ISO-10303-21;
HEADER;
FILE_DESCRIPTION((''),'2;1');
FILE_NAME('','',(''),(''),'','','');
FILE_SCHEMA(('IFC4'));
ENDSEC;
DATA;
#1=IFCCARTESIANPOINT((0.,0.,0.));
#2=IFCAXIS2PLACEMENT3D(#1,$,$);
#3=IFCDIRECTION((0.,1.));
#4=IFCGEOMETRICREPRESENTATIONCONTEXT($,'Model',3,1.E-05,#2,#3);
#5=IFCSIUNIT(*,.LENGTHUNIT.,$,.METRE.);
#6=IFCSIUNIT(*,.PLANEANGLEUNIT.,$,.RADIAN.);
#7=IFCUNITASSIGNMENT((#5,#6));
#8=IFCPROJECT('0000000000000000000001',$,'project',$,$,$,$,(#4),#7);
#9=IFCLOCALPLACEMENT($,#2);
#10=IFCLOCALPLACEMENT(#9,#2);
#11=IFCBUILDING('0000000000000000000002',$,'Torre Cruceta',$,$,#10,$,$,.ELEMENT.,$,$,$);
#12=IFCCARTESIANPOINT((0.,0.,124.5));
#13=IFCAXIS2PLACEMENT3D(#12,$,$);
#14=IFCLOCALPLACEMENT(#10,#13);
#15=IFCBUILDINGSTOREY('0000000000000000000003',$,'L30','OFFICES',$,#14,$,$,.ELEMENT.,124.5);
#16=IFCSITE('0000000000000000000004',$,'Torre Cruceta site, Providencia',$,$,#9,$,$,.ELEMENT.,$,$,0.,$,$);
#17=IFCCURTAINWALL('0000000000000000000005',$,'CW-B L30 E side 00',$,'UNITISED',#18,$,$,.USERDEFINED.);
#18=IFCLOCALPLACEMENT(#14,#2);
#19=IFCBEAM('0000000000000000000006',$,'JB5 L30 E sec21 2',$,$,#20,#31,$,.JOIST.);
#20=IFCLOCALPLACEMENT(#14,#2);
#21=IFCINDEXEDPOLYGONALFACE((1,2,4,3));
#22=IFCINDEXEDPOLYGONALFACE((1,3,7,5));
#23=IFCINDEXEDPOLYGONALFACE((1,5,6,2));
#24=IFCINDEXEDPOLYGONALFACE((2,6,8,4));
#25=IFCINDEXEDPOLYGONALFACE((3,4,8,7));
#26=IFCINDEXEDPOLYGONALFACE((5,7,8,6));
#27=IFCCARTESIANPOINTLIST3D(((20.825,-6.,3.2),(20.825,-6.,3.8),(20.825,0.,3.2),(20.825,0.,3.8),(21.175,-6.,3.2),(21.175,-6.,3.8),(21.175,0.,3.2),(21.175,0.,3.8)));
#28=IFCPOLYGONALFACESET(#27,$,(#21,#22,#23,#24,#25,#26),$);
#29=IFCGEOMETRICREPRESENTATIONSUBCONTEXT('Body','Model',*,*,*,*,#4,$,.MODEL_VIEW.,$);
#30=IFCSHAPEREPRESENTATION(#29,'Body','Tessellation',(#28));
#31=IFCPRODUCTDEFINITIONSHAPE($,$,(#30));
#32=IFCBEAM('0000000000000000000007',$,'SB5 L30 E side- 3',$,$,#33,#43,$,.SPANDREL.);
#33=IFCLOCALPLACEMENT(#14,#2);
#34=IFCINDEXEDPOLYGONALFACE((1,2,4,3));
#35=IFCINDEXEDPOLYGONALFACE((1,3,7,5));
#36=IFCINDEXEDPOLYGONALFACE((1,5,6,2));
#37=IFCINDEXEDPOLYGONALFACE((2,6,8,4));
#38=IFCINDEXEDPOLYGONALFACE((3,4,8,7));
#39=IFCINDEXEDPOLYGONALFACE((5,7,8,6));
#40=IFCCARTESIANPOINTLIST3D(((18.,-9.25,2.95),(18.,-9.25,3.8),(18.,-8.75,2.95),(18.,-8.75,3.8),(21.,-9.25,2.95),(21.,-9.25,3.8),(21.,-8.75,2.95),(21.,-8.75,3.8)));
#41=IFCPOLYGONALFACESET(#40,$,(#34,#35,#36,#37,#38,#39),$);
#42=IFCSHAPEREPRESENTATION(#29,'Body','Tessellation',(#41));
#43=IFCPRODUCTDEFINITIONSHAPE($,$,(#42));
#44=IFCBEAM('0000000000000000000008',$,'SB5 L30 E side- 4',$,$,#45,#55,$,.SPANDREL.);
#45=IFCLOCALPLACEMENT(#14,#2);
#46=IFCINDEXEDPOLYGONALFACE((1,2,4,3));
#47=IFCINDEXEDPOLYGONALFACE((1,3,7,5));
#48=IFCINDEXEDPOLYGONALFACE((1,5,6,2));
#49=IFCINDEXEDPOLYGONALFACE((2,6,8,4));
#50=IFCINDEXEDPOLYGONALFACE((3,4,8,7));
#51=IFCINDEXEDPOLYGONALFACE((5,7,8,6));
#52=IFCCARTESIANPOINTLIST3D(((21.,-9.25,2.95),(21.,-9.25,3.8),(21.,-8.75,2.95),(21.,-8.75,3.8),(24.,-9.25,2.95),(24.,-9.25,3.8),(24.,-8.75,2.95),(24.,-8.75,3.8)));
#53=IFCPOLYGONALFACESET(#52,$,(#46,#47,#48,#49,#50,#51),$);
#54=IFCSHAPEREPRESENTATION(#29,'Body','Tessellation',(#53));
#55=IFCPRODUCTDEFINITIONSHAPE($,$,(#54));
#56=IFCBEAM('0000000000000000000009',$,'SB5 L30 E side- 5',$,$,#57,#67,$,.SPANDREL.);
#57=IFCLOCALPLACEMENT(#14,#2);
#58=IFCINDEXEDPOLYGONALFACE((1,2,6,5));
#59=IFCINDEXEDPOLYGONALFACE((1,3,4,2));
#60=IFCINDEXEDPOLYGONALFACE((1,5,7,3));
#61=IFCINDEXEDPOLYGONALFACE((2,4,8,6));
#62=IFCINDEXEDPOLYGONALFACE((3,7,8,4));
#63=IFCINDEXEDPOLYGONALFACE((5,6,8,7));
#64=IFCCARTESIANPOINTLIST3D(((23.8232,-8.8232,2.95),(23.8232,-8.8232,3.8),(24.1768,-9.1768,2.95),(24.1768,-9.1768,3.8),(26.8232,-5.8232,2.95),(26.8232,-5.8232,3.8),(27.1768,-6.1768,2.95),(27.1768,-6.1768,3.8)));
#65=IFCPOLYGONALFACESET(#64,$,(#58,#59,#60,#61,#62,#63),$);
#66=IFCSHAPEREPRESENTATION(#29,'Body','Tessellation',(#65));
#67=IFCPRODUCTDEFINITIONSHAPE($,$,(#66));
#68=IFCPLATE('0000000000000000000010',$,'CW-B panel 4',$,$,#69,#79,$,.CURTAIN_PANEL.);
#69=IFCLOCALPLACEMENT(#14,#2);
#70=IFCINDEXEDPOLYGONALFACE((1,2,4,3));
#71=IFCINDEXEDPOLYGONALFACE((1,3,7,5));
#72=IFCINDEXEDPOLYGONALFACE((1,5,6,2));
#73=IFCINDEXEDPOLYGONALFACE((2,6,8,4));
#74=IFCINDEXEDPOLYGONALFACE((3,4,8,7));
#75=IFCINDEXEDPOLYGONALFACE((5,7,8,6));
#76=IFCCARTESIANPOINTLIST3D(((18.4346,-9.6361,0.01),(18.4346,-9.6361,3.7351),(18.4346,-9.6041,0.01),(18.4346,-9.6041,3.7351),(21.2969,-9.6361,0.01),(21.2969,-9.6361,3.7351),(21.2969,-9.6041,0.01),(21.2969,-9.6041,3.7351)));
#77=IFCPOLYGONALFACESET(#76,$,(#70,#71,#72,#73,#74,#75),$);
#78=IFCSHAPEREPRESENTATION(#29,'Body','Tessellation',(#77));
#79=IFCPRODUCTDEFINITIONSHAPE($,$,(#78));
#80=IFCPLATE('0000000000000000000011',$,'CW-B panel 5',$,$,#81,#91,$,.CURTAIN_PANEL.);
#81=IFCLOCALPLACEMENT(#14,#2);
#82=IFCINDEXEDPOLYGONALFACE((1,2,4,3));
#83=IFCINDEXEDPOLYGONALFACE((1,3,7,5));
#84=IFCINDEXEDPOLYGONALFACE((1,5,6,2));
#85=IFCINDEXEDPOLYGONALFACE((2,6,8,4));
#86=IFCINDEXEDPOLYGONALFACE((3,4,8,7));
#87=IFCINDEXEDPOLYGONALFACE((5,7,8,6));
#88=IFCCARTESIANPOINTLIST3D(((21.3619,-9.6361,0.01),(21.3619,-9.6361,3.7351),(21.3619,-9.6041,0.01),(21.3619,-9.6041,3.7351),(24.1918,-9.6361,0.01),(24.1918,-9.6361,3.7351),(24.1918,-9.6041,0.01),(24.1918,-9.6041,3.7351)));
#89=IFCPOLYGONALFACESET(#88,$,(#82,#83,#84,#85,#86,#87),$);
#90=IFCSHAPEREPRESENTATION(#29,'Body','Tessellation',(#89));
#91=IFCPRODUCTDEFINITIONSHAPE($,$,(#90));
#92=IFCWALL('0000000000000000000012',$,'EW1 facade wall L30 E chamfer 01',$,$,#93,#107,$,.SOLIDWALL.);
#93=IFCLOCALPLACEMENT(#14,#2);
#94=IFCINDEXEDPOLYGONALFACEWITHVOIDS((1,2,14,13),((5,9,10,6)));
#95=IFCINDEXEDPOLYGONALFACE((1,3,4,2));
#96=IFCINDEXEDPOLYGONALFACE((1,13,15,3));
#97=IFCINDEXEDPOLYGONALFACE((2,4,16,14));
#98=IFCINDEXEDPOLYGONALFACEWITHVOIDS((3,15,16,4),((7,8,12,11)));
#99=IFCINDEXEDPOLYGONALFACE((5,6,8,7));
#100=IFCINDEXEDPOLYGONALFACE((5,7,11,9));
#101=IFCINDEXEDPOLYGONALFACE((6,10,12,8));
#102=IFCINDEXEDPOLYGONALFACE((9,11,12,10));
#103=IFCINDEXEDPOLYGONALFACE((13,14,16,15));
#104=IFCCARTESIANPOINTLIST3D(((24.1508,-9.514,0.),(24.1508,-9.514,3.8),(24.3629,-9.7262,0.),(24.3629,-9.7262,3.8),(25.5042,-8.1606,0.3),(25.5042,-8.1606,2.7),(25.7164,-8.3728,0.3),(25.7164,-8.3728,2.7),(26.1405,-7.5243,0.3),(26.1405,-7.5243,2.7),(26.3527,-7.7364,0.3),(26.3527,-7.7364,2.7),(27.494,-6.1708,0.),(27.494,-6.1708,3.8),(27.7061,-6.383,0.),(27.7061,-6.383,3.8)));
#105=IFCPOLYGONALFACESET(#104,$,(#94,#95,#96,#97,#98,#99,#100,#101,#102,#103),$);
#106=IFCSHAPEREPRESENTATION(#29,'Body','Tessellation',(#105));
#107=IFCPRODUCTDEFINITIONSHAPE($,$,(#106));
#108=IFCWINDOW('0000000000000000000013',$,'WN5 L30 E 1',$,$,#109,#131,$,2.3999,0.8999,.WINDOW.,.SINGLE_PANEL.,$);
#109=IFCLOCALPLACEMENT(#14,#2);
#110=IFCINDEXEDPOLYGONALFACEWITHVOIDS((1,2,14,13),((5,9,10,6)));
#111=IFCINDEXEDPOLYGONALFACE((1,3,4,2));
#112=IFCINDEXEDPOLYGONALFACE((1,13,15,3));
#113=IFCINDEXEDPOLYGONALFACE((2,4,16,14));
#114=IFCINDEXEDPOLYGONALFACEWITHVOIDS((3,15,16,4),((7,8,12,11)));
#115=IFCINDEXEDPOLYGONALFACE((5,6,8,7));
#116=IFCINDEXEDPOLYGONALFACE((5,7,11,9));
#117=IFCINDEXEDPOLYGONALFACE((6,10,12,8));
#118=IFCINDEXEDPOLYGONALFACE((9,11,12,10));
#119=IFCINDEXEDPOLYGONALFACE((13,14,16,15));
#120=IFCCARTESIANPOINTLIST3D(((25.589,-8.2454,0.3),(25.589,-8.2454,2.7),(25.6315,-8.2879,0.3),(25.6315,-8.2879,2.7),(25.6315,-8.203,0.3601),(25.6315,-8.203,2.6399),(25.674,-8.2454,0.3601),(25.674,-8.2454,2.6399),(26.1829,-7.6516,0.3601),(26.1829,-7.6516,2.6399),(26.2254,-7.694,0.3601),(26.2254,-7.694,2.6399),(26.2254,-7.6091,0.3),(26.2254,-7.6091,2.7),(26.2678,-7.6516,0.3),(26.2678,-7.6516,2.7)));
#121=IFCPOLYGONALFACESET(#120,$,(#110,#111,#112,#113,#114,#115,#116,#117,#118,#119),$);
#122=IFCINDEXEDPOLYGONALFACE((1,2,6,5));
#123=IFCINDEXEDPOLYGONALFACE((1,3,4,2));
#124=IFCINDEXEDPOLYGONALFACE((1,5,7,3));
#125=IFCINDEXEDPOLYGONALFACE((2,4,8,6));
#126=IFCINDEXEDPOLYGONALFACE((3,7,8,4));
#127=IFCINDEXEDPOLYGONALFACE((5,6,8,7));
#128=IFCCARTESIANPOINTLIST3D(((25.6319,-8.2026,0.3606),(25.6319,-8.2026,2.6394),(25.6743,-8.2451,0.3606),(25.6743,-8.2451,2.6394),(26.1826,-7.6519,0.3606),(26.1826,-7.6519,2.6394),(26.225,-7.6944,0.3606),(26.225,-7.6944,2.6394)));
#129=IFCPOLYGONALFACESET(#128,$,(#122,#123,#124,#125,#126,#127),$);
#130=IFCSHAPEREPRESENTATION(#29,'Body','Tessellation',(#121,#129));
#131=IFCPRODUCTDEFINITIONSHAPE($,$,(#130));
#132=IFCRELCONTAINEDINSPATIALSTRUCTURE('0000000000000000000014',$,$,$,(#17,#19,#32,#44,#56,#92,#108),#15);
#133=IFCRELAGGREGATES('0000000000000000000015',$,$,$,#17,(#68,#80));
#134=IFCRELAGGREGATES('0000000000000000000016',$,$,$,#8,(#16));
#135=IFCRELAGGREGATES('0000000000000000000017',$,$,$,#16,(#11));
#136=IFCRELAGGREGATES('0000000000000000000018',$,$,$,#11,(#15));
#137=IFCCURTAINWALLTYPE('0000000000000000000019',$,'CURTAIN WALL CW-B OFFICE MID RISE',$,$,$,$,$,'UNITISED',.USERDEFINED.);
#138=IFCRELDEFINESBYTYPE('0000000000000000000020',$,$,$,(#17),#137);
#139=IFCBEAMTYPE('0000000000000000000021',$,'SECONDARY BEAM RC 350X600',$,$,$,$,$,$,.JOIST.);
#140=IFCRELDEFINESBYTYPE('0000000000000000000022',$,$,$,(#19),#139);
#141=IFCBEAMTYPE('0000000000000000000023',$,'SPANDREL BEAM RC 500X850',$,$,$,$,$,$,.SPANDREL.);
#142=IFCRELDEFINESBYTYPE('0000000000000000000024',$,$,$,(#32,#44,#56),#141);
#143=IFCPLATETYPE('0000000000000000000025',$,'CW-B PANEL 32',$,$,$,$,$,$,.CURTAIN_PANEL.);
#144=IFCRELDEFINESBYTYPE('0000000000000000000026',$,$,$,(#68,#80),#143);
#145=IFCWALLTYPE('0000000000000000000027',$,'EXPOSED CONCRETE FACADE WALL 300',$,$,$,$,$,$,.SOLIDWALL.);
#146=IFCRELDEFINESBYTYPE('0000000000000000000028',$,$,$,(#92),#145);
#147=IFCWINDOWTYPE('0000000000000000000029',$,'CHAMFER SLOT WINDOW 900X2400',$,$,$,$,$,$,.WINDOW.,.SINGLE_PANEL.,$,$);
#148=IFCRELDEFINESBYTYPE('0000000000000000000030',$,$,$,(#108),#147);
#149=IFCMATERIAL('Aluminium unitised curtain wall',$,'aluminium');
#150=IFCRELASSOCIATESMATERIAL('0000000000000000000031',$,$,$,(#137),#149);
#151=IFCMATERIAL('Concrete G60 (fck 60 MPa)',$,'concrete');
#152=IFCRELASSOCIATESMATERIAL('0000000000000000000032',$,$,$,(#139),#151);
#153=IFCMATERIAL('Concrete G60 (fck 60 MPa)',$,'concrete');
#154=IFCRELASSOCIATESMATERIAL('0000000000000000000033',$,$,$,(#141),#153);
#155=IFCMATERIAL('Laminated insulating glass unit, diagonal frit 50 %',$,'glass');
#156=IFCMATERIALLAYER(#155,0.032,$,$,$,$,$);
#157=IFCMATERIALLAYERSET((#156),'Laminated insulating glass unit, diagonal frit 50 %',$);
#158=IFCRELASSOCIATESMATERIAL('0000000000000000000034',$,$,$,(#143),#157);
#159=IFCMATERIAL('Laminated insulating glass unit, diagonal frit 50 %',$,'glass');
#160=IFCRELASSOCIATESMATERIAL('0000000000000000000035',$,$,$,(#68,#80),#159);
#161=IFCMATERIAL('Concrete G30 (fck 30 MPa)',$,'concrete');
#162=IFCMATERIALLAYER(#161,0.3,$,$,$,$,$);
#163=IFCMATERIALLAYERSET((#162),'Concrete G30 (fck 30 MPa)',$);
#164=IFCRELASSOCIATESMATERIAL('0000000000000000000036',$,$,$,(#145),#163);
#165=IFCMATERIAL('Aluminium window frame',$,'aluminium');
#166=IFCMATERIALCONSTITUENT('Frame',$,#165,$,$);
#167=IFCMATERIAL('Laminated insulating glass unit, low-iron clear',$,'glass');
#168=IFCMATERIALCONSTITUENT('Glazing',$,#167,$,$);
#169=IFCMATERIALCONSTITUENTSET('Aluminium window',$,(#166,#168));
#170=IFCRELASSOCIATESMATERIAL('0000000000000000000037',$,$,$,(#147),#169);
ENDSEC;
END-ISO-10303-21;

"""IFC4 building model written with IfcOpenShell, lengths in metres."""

from ifc_helpers import new_model, si_unit, direction, frame, frame_2d, origin, origin_2d, place, context, subcontext, project, spatial, rectangle, hollow_rectangle, extrude, material, layer, layer_set, constituent, constituent_set, material_profile, profile_set, type_object, element, fill, aggregate, save


model = new_model("IFC4")

# Units and contexts
model_context = context("Model", 3, precision=1e-05, world=origin(), true_north=direction((0.0, 1.0)))
body_context = subcontext(model_context, "Body", "Model", "MODEL_VIEW")
ifc_project = project(units=[si_unit("LENGTHUNIT", "METRE"), si_unit("PLANEANGLEUNIT", "RADIAN")], contexts=[model_context])

# Site, building, storey
site_placement = place(None, origin())
site = spatial("IfcSite", under=ifc_project, at=site_placement, Name="Torre Cruceta site, Providencia", CompositionType="ELEMENT", RefElevation=0.0)
building_placement = place(site_placement, origin())
building = spatial("IfcBuilding", under=site, at=building_placement, Name="Torre Cruceta", CompositionType="ELEMENT")
storey_placement = place(building_placement, frame((0.0, 0.0, 124.5)))
storey = spatial("IfcBuildingStorey", under=building, at=storey_placement, Name="L30", Description="OFFICES", CompositionType="ELEMENT", Elevation=124.5)

# Curtain wall
ifc_material_1 = material(Name="Aluminium unitised curtain wall", Category="aluminium")
curtain_wall_type = type_object("IfcCurtainWallType", Name="CURTAIN WALL CW-B OFFICE MID RISE", ElementType="UNITISED", PredefinedType="USERDEFINED", material=ifc_material_1)
curtain_wall_placement = place(storey_placement, origin())
curtain_wall = element("IfcCurtainWall", 1, at=curtain_wall_placement, inside=storey, type_object=curtain_wall_type, Name="CW-B L30 E side 00", ObjectType="UNITISED", PredefinedType="USERDEFINED")

# Beams
ifc_material_2 = material(Name="Concrete G60 (fck 60 MPa)", Category="concrete")
ifc_material_profile_1 = material_profile(ifc_material_2, rectangle(XDim=0.3501, YDim=0.6001, at=origin_2d()), Name="RC 350X600")
ifc_profile_set_1 = profile_set([ifc_material_profile_1], Name="Concrete G60 (fck 60 MPa)")
beam_type_1 = type_object("IfcBeamType", Name="SECONDARY BEAM RC 350X600", PredefinedType="JOIST", material=ifc_profile_set_1)
beam_1_placement = place(storey_placement, frame((21.0, -6.0, 3.5), z_axis=(0.0, 1.0, 0.0), x_axis=(-1.0, 0.0, 0.0)))
element("IfcBeam", 2, at=beam_1_placement, inside=storey, type_object=beam_type_1, Name="JB5 L30 E sec21 2", PredefinedType="JOIST", context=body_context, shape_type="SweptSolid", body=[
    extrude(rectangle(XDim=0.3501, YDim=0.6001, at=origin_2d()), origin(), (0.0, 0.0, 1.0), 6.0),
])
ifc_material_3 = material(Name="Concrete G60 (fck 60 MPa)", Category="concrete")
ifc_material_profile_2 = material_profile(ifc_material_3, rectangle(XDim=0.5, YDim=0.8501, at=origin_2d()), Name="RC 500X850")
ifc_profile_set_2 = profile_set([ifc_material_profile_2], Name="Concrete G60 (fck 60 MPa)")
beam_type_2 = type_object("IfcBeamType", Name="SPANDREL BEAM RC 500X850", PredefinedType="SPANDREL", material=ifc_profile_set_2)
for number, where, z_axis, x_axis, name in (
    (3, (18.0, -9.0, 3.375), (1.0, 0.0, 0.0), (0.0, 1.0, 0.0), "SB5 L30 E side- 3"),
    (4, (21.0, -9.0, 3.375), (1.0, 0.0, 0.0), (0.0, 1.0, 0.0), "SB5 L30 E side- 4"),
):
    element("IfcBeam", number, at=place(storey_placement, frame(where, z_axis=z_axis, x_axis=x_axis)), inside=storey, type_object=beam_type_2, Name=name, PredefinedType="SPANDREL", context=body_context, shape_type="SweptSolid", body=[
        extrude(rectangle(XDim=0.5, YDim=0.8501, at=origin_2d()), origin(), (0.0, 0.0, 1.0), 3.0),
    ])
beam_2_placement = place(storey_placement, frame((24.0, -9.0, 3.375), z_axis=(0.707107, 0.707107, 0.0), x_axis=(-0.707107, 0.707107, 0.0)))
element("IfcBeam", 5, at=beam_2_placement, inside=storey, type_object=beam_type_2, Name="SB5 L30 E side- 5", PredefinedType="SPANDREL", context=body_context, shape_type="SweptSolid", body=[
    extrude(rectangle(XDim=0.5, YDim=0.8501, at=origin_2d()), origin(), (0.0, 0.0, 1.0), 4.2427),
])

# Plates
ifc_material_4 = material(Name="Laminated insulating glass unit, diagonal frit 50 %", Category="glass")
ifc_material_5 = material(Name="Laminated insulating glass unit, diagonal frit 50 %", Category="glass")
ifc_layer_1 = layer(ifc_material_5, 0.032)
ifc_layer_set_1 = layer_set([ifc_layer_1], Name="Laminated insulating glass unit, diagonal frit 50 %")
plate_type = type_object("IfcPlateType", Name="CW-B PANEL 32", PredefinedType="CURTAIN_PANEL", material=ifc_layer_set_1)
plate_1_placement = place(storey_placement, frame((19.8657, -9.6201, 0.01), z_axis=(0.0, 0.0, 1.0), x_axis=(1.0, 0.0, 0.0)))
plate_1 = element("IfcPlate", 6, at=plate_1_placement, type_object=plate_type, material=ifc_material_4, Name="CW-B panel 4", PredefinedType="CURTAIN_PANEL", context=body_context, shape_type="SweptSolid", body=[
    extrude(rectangle(XDim=2.8623, YDim=0.032, at=origin_2d()), origin(), (0.0, 0.0, 1.0), 3.7251),
])
plate_2_placement = place(storey_placement, frame((22.7769, -9.6201, 0.01), z_axis=(0.0, 0.0, 1.0), x_axis=(1.0, 0.0, 0.0)))
plate_2 = element("IfcPlate", 7, at=plate_2_placement, type_object=plate_type, material=ifc_material_4, Name="CW-B panel 5", PredefinedType="CURTAIN_PANEL", context=body_context, shape_type="SweptSolid", body=[
    extrude(rectangle(XDim=2.8298, YDim=0.032, at=origin_2d()), origin(), (0.0, 0.0, 1.0), 3.7251),
])
aggregate(curtain_wall, [plate_1, plate_2])

# Wall, opening, window
ifc_material_6 = material(Name="Concrete G30 (fck 30 MPa)", Category="concrete")
ifc_layer_2 = layer(ifc_material_6, 0.3)
ifc_layer_set_2 = layer_set([ifc_layer_2], Name="Concrete G30 (fck 30 MPa)")
wall_type_1 = type_object("IfcWallType", Name="EXPOSED CONCRETE FACADE WALL 300", PredefinedType="SOLIDWALL", material=ifc_layer_set_2)
wall_1_placement = place(storey_placement, frame((24.2568, -9.6201, 0.0), z_axis=(0.0, 0.0, 1.0), x_axis=(0.707107, 0.707107, 0.0)))
wall_1 = element("IfcWall", 8, at=wall_1_placement, inside=storey, type_object=wall_type_1, Name="EW1 facade wall L30 E chamfer 01", PredefinedType="SOLIDWALL", context=body_context, shape_type="SweptSolid", body=[
    extrude(rectangle(XDim=4.728, YDim=0.3, at=frame_2d((2.364, 0.0))), origin(), (0.0, 0.0, 1.0), 3.8),
])
opening_1_placement = place(wall_1_placement, frame((1.9141, 0.0, 0.3)))
opening_1 = element("IfcOpeningElement", 9, at=opening_1_placement, cuts=wall_1, PredefinedType="OPENING", context=body_context, shape_type="SweptSolid", body=[
    extrude(rectangle(XDim=0.8999, YDim=2.3999, at=frame_2d((0.45, 1.2))), frame((0.0, 0.1599, 0.0), z_axis=(0.0, -1.0, 0.0), x_axis=(1.0, 0.0, 0.0)), (0.0, 0.0, 1.0), 0.3201),
])
ifc_material_7 = material(Name="Aluminium window frame", Category="aluminium")
ifc_constituent_1 = constituent(ifc_material_7, Name="Frame")
ifc_material_8 = material(Name="Laminated insulating glass unit, low-iron clear", Category="glass")
ifc_constituent_2 = constituent(ifc_material_8, Name="Glazing")
ifc_constituent_set_1 = constituent_set(constituents=[ifc_constituent_1, ifc_constituent_2], Name="Aluminium window")
window_type_1 = type_object("IfcWindowType", Name="CHAMFER SLOT WINDOW 900X2400", PartitioningType="SINGLE_PANEL", PredefinedType="WINDOW", material=ifc_constituent_set_1)
window_1_placement = place(opening_1_placement, origin())
window_1 = element("IfcWindow", 10, at=window_1_placement, inside=storey, type_object=window_type_1, Name="WN5 L30 E 1", OverallHeight=2.3999, OverallWidth=0.8999, PartitioningType="SINGLE_PANEL", PredefinedType="WINDOW", context=body_context, shape_type="SweptSolid", body=[
    extrude(hollow_rectangle(XDim=0.8999, YDim=2.3999, WallThickness=0.0601, at=frame_2d((0.45, 1.2))), frame((0.0, 0.03, 0.0), z_axis=(0.0, -1.0, 0.0), x_axis=(1.0, 0.0, 0.0)), (0.0, 0.0, 1.0), 0.0601),
    extrude(rectangle(XDim=0.7788, YDim=2.2788, at=frame_2d((0.45, 1.2))), frame((0.0, 0.03, 0.0), z_axis=(0.0, -1.0, 0.0), x_axis=(1.0, 0.0, 0.0)), (0.0, 0.0, 1.0), 0.0601),
])
fill(opening_1, window_1)

save(model, "model.ifc")
